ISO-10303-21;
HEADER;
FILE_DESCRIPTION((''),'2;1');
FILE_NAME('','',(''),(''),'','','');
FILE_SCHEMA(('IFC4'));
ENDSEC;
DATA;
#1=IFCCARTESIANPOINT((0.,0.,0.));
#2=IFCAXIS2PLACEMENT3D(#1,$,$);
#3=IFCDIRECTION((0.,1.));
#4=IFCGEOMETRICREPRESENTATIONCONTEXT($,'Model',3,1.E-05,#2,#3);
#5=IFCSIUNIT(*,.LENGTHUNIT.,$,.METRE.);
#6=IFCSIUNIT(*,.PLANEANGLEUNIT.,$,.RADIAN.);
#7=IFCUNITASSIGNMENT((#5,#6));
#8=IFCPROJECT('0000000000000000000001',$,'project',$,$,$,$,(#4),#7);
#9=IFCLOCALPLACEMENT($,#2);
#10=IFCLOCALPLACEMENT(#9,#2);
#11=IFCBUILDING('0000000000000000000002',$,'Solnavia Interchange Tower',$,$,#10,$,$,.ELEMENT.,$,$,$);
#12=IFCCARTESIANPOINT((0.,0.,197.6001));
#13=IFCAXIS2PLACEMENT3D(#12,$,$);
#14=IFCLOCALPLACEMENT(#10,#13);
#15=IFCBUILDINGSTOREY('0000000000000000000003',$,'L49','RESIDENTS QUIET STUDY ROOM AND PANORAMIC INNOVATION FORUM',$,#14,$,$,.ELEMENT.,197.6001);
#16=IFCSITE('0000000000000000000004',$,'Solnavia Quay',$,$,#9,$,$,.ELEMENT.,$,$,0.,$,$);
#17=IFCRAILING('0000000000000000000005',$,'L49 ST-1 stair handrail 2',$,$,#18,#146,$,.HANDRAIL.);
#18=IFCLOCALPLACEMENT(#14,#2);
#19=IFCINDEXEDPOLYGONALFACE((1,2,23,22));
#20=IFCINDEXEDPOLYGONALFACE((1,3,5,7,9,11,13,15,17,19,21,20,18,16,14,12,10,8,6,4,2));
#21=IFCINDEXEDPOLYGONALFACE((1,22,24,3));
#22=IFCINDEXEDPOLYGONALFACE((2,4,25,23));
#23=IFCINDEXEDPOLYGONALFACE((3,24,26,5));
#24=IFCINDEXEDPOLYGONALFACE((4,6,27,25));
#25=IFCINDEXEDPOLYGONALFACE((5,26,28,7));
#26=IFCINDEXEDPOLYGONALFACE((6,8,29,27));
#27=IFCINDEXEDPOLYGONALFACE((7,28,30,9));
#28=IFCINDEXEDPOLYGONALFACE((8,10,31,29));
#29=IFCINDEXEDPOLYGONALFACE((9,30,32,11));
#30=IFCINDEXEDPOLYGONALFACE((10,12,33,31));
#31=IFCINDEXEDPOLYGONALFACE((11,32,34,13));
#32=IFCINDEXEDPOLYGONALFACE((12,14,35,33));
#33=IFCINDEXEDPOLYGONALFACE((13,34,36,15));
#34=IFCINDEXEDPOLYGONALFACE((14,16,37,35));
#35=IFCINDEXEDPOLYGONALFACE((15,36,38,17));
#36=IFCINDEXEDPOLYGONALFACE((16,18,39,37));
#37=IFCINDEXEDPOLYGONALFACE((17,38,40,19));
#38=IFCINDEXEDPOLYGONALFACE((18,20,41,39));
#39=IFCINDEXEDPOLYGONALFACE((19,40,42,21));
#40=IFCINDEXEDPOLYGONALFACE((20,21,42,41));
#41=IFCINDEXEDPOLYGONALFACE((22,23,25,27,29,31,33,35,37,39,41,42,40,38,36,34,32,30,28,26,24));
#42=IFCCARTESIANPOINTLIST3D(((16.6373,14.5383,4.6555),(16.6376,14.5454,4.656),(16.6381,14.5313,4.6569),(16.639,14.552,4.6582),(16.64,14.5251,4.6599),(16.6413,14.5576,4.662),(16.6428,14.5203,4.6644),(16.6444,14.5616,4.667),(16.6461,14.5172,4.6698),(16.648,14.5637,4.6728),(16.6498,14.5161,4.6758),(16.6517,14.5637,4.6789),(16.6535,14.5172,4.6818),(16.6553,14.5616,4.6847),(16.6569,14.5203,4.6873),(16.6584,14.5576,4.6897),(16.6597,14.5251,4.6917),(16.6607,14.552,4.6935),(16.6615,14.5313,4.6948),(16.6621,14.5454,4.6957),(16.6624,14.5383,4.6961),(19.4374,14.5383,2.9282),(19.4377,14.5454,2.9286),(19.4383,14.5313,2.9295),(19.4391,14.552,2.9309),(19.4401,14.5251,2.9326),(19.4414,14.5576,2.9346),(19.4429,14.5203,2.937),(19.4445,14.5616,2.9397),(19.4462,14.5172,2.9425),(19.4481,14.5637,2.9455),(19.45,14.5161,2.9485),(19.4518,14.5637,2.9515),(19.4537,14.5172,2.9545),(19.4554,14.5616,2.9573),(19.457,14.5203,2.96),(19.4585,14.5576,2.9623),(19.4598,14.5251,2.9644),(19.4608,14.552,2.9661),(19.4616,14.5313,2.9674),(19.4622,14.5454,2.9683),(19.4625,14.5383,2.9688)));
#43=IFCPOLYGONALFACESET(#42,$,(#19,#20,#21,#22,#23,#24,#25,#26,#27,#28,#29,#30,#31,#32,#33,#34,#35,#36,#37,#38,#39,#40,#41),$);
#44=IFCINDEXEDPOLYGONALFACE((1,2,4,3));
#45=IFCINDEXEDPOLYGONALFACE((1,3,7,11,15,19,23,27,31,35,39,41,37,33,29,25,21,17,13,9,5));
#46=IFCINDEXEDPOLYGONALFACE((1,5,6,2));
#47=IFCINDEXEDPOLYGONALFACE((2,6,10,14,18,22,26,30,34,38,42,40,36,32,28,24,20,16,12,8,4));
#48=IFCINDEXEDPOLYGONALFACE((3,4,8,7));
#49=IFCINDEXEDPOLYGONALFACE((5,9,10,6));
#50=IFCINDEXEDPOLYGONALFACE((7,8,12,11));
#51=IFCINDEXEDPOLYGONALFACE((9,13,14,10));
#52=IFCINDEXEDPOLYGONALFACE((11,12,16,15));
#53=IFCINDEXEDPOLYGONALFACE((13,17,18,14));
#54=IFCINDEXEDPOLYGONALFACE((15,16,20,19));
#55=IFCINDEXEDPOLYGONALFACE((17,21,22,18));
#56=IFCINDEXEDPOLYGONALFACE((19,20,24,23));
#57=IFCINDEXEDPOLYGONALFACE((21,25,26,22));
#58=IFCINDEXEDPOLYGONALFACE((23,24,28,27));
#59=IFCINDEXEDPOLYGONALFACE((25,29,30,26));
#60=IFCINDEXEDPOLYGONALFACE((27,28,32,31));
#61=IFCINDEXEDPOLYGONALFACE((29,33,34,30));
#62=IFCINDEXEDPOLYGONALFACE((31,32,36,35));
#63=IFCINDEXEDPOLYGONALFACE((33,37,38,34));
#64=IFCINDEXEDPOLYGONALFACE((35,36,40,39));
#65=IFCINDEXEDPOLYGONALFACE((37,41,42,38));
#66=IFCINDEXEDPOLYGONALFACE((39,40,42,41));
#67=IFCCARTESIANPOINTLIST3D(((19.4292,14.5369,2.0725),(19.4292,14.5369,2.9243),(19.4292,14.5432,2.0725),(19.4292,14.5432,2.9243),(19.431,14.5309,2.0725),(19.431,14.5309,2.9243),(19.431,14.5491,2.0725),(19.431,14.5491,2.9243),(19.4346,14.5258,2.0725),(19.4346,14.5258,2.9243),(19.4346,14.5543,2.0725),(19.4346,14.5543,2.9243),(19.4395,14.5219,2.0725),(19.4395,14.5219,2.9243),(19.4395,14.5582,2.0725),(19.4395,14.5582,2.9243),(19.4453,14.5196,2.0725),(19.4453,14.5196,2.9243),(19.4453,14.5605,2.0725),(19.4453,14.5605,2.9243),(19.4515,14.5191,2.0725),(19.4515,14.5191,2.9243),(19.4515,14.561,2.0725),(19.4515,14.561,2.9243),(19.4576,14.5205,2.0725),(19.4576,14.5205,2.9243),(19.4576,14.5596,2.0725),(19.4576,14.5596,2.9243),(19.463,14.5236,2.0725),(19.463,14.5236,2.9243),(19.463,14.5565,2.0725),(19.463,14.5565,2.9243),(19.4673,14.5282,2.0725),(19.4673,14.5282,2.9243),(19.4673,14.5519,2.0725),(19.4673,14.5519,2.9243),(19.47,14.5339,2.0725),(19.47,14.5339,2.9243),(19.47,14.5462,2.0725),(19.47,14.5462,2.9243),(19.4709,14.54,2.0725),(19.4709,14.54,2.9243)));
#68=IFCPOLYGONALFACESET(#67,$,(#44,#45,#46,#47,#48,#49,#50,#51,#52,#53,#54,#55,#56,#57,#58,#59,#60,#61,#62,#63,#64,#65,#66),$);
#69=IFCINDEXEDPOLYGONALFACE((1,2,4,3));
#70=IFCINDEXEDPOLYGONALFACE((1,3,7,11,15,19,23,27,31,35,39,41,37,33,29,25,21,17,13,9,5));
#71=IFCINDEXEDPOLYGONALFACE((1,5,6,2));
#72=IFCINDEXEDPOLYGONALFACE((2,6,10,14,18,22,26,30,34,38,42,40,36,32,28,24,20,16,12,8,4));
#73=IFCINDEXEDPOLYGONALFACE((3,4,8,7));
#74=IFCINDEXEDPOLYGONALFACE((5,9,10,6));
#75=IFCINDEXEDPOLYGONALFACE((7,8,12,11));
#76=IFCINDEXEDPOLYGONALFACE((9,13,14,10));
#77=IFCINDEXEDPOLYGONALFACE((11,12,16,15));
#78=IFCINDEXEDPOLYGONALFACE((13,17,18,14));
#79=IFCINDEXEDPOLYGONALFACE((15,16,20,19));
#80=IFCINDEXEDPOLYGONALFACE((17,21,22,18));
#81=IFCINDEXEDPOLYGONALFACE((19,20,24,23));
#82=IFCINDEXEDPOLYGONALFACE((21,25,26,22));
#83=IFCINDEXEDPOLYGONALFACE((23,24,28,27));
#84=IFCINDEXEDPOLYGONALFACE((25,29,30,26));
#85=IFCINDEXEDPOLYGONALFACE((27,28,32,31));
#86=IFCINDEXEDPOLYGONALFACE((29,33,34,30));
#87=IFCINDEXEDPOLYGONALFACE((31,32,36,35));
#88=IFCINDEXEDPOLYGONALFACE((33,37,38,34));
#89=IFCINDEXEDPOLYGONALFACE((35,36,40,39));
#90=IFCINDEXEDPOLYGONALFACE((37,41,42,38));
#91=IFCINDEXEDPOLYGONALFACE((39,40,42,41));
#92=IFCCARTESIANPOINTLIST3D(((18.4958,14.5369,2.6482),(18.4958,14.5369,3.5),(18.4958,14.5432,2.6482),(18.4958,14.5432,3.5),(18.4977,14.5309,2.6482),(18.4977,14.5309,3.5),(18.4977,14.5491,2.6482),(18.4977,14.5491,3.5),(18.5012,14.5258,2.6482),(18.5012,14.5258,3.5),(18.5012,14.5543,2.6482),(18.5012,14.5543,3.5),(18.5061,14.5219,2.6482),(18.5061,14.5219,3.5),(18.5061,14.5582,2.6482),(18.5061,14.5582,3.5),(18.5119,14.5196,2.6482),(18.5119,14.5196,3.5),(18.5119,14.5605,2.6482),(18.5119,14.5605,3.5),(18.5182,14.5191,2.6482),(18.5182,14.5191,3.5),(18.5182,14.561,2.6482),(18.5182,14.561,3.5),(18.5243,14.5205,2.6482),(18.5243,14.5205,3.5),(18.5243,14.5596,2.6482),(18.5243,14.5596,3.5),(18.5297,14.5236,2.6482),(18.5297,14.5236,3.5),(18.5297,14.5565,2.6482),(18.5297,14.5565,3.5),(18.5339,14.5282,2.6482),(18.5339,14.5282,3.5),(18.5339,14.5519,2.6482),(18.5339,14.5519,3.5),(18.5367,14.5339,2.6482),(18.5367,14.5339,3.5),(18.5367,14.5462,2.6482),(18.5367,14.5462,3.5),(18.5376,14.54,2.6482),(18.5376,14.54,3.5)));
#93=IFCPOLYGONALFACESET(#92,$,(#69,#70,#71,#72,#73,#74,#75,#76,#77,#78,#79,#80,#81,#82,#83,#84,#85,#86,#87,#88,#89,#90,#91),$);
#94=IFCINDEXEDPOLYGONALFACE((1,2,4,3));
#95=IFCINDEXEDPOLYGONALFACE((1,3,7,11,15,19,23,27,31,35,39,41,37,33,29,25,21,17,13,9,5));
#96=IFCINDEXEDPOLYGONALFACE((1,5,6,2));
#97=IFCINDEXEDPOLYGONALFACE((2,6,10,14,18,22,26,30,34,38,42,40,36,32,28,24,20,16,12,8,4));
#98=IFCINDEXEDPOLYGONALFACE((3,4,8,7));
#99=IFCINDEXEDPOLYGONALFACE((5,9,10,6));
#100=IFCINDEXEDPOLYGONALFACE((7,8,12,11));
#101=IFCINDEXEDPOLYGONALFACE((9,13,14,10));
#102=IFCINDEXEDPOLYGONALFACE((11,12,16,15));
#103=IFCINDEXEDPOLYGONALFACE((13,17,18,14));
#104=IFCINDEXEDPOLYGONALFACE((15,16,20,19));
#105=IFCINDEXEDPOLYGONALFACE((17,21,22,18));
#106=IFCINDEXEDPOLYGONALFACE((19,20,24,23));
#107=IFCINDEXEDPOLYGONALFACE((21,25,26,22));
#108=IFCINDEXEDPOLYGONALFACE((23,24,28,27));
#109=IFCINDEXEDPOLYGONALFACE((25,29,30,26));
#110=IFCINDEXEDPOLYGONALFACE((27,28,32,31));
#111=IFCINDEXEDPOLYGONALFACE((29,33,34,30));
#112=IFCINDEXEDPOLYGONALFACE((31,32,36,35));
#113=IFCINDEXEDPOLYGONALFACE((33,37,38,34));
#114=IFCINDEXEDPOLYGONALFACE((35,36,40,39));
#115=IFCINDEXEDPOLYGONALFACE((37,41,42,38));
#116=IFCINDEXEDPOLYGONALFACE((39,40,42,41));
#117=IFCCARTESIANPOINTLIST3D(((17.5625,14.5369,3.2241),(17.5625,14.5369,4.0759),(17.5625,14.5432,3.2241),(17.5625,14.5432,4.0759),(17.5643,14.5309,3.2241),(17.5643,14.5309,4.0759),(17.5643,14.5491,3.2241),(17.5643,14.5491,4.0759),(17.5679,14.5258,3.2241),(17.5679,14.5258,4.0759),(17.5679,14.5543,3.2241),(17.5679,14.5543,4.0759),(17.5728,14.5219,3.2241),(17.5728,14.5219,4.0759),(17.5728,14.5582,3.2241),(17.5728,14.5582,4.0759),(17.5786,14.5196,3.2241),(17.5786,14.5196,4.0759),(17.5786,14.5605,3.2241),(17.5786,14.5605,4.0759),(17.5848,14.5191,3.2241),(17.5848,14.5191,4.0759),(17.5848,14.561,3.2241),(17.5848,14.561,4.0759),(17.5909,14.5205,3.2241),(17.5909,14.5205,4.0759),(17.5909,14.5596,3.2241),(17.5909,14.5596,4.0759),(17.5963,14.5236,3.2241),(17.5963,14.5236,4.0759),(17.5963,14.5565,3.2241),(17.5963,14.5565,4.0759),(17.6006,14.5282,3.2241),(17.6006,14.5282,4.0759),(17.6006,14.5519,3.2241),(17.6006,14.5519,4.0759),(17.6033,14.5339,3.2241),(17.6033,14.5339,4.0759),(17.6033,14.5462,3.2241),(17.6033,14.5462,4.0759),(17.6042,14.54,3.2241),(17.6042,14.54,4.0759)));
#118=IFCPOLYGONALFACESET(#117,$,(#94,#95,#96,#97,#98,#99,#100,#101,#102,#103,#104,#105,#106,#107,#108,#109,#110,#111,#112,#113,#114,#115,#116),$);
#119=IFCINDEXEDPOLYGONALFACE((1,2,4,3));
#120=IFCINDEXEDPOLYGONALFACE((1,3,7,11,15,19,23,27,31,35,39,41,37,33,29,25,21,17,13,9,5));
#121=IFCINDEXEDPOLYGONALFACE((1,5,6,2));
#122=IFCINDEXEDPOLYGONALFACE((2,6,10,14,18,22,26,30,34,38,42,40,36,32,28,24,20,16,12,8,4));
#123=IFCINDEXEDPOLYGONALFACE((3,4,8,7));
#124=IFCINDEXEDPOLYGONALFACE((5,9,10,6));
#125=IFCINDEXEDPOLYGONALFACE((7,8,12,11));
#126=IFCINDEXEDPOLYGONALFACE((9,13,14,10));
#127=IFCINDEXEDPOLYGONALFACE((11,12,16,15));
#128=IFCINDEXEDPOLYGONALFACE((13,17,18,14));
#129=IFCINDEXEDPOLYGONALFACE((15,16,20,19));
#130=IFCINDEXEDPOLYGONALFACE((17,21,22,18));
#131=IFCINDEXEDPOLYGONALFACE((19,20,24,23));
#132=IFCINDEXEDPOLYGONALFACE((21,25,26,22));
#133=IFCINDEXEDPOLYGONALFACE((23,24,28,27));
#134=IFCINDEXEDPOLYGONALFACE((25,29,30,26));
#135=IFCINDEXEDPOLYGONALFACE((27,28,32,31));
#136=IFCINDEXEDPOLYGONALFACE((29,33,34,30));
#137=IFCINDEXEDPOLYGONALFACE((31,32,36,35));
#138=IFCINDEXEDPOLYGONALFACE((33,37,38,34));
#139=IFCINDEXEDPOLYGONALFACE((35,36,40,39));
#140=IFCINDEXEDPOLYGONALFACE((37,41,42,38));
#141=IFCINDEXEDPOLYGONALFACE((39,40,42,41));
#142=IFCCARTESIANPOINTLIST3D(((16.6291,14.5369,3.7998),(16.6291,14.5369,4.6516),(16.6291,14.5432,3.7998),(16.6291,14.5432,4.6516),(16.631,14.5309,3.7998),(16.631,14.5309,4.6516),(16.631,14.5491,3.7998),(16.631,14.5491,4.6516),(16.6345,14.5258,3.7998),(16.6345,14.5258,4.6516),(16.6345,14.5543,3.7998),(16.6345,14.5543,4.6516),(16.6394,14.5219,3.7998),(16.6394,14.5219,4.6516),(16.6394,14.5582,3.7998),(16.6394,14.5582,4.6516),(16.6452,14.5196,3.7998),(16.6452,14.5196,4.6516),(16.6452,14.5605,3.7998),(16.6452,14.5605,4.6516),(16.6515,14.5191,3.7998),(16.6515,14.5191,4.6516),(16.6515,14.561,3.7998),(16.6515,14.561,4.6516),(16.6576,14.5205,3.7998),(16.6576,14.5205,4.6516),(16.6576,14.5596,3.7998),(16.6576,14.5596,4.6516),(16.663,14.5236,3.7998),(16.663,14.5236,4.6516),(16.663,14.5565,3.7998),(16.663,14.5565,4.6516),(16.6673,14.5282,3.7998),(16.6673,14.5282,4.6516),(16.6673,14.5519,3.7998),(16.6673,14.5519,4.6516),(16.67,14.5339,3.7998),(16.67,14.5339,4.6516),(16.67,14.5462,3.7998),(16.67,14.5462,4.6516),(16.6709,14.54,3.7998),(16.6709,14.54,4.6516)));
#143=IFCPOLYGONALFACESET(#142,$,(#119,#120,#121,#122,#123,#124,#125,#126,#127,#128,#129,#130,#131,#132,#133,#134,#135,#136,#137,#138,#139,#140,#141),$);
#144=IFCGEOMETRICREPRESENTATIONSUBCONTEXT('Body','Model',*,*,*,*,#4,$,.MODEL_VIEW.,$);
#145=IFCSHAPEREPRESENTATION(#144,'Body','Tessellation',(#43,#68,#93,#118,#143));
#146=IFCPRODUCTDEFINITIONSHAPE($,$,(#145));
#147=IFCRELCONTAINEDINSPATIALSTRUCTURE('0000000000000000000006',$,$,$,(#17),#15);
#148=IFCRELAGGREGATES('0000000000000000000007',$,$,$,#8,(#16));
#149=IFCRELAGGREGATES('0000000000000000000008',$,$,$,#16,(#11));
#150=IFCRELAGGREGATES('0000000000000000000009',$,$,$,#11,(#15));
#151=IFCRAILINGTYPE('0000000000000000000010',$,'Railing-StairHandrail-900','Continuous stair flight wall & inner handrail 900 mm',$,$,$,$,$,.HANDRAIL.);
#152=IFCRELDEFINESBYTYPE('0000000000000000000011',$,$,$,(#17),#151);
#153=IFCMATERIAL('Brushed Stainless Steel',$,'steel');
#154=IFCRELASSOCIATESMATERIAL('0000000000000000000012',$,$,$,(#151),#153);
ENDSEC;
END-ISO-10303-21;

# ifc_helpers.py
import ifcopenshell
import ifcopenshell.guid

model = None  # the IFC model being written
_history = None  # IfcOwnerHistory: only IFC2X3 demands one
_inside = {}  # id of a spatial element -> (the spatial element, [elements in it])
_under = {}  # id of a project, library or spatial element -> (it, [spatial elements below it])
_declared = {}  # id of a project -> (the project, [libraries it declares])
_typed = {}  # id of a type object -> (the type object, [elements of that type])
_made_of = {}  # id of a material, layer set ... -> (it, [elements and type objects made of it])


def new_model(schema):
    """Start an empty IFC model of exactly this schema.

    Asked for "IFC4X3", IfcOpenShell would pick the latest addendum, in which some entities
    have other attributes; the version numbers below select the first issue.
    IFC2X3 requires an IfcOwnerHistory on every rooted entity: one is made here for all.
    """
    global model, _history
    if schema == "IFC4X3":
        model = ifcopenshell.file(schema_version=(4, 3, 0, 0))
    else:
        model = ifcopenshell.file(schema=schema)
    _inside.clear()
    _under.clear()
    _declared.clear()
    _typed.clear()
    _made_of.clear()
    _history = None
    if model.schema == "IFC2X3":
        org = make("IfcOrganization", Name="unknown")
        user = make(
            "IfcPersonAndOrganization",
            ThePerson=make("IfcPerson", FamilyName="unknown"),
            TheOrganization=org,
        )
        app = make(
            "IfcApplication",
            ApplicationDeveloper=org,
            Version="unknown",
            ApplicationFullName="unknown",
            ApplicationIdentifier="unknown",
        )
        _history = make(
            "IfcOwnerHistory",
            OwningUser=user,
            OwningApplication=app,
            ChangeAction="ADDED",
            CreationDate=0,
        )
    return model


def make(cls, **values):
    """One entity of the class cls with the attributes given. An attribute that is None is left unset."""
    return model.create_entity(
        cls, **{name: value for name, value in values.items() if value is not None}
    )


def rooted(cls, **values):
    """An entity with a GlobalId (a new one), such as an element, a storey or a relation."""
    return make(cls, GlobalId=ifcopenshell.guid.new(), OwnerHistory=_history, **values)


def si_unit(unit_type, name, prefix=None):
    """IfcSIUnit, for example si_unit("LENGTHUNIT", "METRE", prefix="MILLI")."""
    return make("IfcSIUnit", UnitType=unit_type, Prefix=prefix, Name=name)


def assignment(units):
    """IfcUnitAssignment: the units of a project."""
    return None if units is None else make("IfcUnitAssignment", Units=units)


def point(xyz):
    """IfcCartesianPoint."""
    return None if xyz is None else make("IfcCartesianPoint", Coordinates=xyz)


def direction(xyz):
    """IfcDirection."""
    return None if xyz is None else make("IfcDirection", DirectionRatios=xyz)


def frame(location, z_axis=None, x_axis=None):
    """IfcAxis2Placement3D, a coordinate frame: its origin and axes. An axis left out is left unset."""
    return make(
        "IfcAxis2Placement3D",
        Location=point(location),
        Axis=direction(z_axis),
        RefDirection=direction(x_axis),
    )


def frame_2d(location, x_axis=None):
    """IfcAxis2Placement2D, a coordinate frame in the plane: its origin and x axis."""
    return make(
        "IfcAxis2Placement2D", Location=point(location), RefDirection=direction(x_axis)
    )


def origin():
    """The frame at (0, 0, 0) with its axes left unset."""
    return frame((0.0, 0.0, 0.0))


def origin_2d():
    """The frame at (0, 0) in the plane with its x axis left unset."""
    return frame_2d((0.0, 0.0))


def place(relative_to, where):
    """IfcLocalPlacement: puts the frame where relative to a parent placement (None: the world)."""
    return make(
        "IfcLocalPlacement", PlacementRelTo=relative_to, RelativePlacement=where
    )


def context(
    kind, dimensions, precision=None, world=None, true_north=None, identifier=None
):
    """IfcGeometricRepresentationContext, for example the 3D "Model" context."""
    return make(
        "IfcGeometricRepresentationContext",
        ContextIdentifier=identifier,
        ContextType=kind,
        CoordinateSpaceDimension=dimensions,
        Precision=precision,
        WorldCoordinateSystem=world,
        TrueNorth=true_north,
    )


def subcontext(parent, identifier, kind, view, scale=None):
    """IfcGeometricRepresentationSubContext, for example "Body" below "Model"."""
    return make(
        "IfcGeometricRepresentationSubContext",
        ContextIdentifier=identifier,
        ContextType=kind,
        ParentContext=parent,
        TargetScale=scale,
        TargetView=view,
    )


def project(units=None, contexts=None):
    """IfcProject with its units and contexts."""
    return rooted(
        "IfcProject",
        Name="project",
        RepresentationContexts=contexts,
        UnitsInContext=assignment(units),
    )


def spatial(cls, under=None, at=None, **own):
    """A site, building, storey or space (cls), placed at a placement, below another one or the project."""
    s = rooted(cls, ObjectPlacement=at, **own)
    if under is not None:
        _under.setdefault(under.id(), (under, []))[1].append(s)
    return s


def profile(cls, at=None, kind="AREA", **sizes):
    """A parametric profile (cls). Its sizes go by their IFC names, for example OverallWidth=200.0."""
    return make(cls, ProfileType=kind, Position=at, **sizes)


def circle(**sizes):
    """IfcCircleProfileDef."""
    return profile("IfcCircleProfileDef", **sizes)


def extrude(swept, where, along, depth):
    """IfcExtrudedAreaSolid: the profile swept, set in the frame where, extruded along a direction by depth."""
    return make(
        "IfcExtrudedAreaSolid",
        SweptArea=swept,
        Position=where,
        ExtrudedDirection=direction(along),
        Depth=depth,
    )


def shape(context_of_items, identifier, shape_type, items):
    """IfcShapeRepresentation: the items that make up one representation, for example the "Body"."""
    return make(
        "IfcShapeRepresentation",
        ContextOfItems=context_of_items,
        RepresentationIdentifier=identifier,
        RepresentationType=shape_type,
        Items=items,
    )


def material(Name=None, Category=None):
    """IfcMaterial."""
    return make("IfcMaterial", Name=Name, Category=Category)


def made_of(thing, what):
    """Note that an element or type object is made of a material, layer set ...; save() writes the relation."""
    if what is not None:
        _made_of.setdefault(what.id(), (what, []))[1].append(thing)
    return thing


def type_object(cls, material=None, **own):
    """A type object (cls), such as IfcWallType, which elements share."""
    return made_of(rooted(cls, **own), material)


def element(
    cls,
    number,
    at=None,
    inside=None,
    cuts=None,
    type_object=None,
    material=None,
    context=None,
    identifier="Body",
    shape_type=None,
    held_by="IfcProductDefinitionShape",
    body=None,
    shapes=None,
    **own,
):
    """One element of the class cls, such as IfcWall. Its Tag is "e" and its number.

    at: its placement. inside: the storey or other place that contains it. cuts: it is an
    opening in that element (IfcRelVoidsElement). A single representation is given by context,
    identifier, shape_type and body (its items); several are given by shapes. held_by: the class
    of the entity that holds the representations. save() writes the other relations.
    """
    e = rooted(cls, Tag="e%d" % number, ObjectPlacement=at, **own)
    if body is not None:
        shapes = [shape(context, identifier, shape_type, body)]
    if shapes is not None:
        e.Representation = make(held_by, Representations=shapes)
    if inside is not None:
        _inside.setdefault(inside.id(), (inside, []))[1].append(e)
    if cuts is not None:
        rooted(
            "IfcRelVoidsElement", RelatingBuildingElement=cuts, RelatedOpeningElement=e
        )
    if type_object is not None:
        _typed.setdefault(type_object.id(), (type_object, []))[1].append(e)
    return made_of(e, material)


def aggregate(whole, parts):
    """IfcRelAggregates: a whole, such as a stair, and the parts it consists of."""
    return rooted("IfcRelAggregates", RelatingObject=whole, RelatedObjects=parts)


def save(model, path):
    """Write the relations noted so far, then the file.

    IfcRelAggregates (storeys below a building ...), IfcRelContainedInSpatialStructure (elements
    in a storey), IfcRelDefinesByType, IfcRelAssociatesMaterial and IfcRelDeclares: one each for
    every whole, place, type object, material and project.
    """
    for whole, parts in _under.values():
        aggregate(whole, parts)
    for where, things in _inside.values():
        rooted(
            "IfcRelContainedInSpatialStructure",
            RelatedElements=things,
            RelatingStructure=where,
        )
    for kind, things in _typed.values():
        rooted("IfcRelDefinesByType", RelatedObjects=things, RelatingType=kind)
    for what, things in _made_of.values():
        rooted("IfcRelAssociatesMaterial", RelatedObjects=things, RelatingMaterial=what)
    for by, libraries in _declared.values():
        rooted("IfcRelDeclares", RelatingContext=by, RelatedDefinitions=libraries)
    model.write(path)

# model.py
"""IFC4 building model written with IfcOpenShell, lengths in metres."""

from ifc_helpers import new_model, si_unit, direction, frame, origin, origin_2d, place, context, subcontext, project, spatial, circle, extrude, material, type_object, element, save


model = new_model("IFC4")

# Units and contexts
model_context = context("Model", 3, precision=1e-05, world=origin(), true_north=direction((0.0, 1.0)))
body_context = subcontext(model_context, "Body", "Model", "MODEL_VIEW")
ifc_project = project(units=[si_unit("LENGTHUNIT", "METRE"), si_unit("PLANEANGLEUNIT", "RADIAN")], contexts=[model_context])

# Site, building, storey
site_placement = place(None, origin())
site = spatial("IfcSite", under=ifc_project, at=site_placement, Name="Solnavia Quay", CompositionType="ELEMENT", RefElevation=0.0)
building_placement = place(site_placement, origin())
building = spatial("IfcBuilding", under=site, at=building_placement, Name="Solnavia Interchange Tower", CompositionType="ELEMENT")
storey_placement = place(building_placement, frame((0.0, 0.0, 197.6001)))
storey = spatial("IfcBuildingStorey", under=building, at=storey_placement, Name="L49", Description="RESIDENTS QUIET STUDY ROOM AND PANORAMIC INNOVATION FORUM", CompositionType="ELEMENT", Elevation=197.6001)

# Railing
ifc_material_1 = material(Name="Brushed Stainless Steel", Category="steel")
railing_type_1 = type_object("IfcRailingType", Name="Railing-StairHandrail-900", Description="Continuous stair flight wall & inner handrail 900 mm", PredefinedType="HANDRAIL", material=ifc_material_1)
railing_1_placement = place(storey_placement, frame((19.45, 14.54, 2.0725)))
element("IfcRailing", 1, at=railing_1_placement, inside=storey, type_object=railing_type_1, Name="L49 ST-1 stair handrail 2", PredefinedType="HANDRAIL", context=body_context, shape_type="SweptSolid", body=[
    extrude(circle(Radius=0.0239, at=origin_2d()), frame((0.0, 0.0, 0.876), z_axis=(-0.85109, 0.0, 0.52502), x_axis=(0.0, -1.0, 0.0)), (0.0, 0.0, 1.0), 3.29),
    extrude(circle(Radius=0.021, at=origin_2d()), origin(), (0.0, 0.0, 1.0), 0.8518),
    extrude(circle(Radius=0.021, at=origin_2d()), frame((-0.9333, 0.0, 0.5757)), (0.0, 0.0, 1.0), 0.8518),
    extrude(circle(Radius=0.021, at=origin_2d()), frame((-1.8667, 0.0, 1.1516)), (0.0, 0.0, 1.0), 0.8518),
    extrude(circle(Radius=0.021, at=origin_2d()), frame((-2.8, 0.0, 1.7273)), (0.0, 0.0, 1.0), 0.8518),
])

save(model, "model.ifc")
